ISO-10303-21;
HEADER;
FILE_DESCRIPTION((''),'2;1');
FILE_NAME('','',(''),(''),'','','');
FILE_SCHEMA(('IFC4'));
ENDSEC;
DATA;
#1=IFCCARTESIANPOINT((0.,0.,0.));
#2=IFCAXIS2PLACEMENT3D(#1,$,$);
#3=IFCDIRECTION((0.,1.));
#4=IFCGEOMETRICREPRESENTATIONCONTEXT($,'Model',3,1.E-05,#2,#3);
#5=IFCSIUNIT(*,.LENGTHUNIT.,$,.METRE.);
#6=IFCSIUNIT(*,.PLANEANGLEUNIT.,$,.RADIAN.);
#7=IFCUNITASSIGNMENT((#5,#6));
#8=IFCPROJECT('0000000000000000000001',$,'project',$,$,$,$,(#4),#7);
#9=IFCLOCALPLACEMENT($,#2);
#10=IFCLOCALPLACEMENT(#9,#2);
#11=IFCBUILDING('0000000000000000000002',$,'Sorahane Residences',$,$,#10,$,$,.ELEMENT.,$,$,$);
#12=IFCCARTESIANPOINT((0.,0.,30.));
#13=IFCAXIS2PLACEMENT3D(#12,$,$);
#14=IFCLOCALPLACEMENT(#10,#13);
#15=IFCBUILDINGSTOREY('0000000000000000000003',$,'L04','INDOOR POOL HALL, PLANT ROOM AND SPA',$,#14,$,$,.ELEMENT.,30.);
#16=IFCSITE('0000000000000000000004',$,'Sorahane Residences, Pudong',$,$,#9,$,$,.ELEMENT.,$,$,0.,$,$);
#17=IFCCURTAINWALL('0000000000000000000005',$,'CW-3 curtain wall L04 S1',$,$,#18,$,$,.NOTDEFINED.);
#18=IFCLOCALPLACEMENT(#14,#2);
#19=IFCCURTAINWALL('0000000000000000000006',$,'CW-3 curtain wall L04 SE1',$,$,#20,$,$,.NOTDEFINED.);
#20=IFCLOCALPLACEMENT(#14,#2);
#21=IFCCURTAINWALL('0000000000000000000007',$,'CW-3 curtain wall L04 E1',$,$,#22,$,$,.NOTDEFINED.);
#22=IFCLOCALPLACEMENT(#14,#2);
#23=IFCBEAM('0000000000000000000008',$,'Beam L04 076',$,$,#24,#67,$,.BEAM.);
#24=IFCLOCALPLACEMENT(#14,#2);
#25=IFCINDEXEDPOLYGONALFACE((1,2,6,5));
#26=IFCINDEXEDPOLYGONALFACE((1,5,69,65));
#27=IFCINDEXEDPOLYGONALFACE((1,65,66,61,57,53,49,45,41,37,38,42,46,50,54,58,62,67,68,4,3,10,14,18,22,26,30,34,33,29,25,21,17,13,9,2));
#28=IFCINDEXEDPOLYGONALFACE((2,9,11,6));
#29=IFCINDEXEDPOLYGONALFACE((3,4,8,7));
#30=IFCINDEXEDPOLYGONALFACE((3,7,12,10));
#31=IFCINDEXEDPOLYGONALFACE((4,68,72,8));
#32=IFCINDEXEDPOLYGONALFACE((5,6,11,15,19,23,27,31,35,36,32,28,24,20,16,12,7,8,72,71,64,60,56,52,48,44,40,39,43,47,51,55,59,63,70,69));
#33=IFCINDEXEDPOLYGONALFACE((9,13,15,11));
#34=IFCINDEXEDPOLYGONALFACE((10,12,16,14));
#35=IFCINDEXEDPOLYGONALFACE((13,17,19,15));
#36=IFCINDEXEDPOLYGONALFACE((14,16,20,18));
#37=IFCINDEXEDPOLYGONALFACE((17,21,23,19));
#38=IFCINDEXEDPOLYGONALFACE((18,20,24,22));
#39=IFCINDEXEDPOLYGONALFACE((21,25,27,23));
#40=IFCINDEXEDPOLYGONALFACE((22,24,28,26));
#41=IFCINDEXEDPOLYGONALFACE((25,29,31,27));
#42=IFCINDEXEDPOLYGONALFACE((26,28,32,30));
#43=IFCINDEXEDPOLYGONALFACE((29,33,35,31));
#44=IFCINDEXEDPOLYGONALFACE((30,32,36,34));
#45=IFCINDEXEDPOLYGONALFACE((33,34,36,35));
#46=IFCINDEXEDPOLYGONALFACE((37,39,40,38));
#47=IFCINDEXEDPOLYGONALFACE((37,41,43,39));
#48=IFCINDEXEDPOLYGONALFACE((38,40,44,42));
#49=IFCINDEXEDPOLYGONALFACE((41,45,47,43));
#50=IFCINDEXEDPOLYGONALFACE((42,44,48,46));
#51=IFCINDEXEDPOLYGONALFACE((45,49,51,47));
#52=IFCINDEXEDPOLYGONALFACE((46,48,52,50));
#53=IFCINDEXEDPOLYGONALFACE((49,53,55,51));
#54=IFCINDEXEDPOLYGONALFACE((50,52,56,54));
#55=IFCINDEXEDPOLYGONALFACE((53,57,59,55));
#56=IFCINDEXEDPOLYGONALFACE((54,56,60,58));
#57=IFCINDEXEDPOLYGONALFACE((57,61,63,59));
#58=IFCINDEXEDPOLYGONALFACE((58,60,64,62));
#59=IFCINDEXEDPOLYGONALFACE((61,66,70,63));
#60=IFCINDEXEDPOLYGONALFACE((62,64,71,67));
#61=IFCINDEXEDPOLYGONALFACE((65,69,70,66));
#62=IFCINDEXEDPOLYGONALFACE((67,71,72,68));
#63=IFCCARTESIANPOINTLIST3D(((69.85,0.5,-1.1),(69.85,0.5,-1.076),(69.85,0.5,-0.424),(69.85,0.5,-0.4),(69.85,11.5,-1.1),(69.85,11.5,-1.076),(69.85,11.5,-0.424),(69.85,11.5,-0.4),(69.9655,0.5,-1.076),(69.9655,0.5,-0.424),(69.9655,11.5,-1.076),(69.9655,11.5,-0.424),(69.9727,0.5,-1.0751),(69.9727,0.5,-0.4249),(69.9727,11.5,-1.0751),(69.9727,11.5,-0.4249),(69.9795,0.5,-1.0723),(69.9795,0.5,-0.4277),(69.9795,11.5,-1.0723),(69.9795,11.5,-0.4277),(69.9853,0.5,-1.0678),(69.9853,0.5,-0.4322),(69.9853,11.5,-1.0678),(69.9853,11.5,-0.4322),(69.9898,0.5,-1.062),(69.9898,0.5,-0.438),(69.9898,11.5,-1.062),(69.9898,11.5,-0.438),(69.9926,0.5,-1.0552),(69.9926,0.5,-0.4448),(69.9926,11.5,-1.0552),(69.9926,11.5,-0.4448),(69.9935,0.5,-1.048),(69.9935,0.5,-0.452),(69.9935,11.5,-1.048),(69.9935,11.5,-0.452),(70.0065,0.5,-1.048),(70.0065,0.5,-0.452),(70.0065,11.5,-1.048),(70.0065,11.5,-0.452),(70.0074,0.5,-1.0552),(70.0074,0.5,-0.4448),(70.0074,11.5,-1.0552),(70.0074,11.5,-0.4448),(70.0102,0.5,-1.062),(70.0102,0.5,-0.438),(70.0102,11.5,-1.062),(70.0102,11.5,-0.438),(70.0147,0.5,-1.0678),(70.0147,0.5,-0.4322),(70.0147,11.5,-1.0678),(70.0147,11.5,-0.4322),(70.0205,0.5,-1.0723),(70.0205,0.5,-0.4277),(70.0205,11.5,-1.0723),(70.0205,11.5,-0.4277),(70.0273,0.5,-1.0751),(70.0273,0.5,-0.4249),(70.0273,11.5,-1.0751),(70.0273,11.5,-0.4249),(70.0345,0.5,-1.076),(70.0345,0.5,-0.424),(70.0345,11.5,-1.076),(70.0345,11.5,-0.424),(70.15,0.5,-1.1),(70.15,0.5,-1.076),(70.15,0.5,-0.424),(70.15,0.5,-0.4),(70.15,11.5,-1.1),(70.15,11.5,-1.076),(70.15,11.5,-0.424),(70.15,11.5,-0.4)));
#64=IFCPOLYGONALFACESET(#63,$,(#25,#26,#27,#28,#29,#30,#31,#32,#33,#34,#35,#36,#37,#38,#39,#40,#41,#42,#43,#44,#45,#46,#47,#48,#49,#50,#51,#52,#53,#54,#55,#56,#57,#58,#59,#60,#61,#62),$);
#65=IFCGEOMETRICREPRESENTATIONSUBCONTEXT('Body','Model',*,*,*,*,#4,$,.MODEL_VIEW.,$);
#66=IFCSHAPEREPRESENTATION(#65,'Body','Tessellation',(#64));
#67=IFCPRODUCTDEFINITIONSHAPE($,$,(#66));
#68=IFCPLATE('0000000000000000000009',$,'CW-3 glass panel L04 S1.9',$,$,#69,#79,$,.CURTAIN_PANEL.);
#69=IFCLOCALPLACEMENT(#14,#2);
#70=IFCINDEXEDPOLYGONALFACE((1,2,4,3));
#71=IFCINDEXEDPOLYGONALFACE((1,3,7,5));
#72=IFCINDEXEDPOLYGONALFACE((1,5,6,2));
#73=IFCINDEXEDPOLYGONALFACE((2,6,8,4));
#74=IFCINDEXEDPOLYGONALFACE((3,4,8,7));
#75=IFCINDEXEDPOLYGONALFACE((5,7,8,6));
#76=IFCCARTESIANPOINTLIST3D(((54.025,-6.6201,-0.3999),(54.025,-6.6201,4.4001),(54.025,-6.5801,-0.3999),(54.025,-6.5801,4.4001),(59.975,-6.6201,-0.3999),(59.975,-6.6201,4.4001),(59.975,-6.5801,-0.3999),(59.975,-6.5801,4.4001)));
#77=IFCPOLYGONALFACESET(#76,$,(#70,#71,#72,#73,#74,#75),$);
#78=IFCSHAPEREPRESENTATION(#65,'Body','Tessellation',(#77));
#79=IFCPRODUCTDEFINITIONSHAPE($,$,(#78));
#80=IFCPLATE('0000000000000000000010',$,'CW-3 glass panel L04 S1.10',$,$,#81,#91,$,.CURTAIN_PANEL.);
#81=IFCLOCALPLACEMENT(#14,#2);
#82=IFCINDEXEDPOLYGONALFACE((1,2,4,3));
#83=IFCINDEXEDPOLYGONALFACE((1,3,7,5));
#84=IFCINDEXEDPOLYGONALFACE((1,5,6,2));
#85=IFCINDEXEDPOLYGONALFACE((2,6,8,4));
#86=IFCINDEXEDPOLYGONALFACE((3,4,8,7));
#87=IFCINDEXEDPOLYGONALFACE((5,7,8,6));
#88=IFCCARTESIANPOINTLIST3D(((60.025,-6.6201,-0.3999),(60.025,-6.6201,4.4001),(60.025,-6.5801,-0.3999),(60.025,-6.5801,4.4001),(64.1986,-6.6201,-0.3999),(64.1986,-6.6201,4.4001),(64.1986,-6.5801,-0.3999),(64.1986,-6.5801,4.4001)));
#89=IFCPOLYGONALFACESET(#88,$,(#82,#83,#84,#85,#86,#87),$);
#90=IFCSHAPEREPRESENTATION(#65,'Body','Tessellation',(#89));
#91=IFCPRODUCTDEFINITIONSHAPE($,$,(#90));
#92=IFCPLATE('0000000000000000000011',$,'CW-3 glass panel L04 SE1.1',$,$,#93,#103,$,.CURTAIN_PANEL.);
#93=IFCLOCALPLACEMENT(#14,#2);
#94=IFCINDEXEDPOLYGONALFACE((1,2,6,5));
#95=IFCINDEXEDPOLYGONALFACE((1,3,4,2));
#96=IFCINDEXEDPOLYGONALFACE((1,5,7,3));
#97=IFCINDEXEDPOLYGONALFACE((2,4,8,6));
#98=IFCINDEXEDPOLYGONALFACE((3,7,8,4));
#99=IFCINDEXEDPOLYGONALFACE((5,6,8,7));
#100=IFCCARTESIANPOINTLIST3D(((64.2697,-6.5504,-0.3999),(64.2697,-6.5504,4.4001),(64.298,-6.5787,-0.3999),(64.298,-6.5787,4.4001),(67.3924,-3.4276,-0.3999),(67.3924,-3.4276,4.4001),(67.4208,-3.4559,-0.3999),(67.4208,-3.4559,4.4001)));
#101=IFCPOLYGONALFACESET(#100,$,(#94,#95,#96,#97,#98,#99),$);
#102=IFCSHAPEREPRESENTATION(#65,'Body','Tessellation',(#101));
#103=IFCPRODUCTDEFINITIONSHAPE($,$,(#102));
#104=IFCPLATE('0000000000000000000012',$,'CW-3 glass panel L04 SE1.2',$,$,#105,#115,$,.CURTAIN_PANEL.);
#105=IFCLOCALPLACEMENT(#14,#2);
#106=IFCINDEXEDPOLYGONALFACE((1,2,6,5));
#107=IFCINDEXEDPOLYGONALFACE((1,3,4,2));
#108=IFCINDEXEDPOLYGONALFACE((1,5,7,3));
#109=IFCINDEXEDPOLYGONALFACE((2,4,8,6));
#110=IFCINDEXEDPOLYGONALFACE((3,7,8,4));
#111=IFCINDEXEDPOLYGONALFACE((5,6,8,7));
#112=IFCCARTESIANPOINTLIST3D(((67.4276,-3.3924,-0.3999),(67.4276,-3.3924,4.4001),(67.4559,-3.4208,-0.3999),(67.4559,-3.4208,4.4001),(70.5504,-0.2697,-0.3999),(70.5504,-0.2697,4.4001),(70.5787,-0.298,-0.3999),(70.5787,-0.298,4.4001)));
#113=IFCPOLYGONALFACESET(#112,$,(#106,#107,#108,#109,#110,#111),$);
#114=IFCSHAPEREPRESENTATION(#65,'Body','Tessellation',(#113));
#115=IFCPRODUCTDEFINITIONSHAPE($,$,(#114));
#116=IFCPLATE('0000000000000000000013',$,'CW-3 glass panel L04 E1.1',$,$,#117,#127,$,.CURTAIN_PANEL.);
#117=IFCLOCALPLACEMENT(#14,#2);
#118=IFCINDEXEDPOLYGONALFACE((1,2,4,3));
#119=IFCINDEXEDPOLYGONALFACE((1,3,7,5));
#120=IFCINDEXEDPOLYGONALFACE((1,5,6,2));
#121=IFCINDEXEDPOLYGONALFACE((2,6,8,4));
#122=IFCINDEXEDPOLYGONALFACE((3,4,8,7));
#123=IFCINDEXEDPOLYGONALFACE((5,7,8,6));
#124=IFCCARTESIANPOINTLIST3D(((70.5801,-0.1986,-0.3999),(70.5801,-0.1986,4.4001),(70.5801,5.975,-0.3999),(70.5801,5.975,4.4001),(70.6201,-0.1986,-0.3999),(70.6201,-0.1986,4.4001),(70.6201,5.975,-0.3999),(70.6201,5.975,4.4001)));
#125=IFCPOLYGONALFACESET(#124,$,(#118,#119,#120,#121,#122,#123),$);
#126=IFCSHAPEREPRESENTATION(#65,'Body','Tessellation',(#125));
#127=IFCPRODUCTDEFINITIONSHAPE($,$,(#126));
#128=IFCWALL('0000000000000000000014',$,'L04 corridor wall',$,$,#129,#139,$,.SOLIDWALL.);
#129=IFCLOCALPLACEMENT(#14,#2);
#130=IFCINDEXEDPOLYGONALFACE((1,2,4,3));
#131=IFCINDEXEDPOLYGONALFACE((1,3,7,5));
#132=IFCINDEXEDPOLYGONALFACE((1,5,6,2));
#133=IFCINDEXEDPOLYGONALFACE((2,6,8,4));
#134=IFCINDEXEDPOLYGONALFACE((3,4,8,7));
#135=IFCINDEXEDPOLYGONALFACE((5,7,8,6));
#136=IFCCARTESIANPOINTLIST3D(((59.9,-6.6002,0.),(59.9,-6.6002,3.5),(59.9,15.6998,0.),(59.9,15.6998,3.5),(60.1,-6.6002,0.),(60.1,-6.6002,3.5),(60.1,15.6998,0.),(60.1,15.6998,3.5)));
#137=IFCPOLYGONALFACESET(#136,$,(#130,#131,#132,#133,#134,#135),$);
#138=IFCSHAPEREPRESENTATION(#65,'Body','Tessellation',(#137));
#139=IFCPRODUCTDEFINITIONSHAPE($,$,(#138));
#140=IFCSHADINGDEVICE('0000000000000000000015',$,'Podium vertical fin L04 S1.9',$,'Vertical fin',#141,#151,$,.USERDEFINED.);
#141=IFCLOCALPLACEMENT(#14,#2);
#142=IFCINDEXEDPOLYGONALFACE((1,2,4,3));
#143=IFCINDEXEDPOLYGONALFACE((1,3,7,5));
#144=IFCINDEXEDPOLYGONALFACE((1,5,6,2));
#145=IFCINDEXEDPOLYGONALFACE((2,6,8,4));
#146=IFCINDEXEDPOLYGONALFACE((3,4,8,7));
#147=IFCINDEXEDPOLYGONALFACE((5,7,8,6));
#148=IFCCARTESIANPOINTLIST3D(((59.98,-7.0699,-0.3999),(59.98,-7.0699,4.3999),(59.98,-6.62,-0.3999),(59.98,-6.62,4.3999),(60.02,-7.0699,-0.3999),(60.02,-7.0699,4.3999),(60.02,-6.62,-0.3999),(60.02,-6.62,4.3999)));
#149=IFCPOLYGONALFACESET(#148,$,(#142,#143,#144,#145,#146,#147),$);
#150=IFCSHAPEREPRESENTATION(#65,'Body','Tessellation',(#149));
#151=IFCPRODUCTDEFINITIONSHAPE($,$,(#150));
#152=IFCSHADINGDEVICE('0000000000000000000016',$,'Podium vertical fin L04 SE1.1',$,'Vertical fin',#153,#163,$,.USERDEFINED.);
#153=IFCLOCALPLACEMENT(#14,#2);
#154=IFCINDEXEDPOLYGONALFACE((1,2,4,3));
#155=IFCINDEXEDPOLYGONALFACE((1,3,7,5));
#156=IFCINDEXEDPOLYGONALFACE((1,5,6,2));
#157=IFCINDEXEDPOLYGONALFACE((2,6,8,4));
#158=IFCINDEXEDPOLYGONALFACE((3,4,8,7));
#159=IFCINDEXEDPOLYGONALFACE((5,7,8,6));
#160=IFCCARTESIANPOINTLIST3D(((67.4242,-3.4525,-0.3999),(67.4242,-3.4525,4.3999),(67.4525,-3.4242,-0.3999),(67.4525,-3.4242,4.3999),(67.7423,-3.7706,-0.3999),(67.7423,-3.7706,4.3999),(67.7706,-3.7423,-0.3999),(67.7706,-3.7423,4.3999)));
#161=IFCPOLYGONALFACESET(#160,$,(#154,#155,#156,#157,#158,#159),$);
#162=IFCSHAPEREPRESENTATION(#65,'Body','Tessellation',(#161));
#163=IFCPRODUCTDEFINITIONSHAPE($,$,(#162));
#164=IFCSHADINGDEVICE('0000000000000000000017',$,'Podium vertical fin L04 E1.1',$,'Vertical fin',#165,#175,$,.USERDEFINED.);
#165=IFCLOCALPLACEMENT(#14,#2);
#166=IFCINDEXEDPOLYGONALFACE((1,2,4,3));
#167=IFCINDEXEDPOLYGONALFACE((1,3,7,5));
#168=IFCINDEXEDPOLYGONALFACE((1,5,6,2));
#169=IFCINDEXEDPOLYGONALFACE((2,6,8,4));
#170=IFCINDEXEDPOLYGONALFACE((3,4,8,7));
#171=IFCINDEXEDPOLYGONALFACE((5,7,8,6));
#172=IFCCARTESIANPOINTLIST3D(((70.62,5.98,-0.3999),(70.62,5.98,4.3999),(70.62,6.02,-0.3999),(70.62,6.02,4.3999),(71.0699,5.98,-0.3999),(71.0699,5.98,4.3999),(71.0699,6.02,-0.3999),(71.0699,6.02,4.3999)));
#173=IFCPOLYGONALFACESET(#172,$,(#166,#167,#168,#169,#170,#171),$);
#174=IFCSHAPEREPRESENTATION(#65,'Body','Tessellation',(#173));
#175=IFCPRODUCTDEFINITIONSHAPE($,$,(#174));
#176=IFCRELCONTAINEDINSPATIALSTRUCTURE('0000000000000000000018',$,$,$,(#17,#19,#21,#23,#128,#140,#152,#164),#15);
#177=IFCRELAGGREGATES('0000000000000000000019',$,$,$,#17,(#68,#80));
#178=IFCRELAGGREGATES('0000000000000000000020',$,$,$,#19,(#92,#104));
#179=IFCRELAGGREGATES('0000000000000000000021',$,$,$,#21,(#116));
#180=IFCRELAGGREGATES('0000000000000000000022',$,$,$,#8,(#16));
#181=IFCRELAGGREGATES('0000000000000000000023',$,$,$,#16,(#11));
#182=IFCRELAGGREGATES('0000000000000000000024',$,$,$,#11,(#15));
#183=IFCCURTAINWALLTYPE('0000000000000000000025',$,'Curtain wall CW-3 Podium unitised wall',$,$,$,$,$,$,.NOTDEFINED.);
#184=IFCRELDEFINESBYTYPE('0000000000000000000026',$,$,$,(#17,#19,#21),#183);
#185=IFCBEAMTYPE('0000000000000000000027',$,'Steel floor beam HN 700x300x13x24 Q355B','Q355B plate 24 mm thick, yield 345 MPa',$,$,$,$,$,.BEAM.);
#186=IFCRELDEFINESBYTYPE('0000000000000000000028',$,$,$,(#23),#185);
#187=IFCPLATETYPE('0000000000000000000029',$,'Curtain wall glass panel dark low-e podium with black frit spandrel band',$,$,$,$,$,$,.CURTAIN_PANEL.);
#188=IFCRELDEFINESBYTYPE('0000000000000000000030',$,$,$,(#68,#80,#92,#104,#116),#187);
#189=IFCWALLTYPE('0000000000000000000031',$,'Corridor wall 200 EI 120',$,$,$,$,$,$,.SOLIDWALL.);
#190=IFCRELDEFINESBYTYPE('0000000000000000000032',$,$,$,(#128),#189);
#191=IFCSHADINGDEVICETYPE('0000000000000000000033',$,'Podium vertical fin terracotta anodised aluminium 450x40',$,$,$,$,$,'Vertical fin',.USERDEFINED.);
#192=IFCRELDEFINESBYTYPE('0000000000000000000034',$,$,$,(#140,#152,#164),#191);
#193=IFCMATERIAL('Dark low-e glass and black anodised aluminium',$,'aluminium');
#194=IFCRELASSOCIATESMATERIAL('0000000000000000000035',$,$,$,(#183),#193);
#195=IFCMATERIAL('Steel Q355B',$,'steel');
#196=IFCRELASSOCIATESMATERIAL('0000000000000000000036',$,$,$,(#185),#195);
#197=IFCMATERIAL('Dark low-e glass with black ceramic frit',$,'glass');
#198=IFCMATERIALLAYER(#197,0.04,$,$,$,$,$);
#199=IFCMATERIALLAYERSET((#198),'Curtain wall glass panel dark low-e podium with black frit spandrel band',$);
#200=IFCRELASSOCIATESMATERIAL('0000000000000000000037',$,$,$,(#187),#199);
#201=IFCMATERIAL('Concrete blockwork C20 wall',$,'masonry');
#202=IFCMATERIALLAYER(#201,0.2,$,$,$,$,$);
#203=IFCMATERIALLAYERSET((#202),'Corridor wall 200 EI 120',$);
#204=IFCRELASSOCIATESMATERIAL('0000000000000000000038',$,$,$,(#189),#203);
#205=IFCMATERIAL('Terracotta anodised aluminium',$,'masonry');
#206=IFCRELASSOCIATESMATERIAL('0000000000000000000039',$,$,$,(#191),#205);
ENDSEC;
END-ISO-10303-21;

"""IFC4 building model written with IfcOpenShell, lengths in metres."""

from ifc_helpers import new_model, si_unit, direction, frame, frame_2d, origin, origin_2d, place, context, subcontext, project, spatial, rectangle, i_section, extrude, material, layer, layer_set, material_profile, profile_set, type_object, element, aggregate, save


model = new_model("IFC4")

# Units and contexts
model_context = context("Model", 3, precision=1e-05, world=origin(), true_north=direction((0.0, 1.0)))
body_context = subcontext(model_context, "Body", "Model", "MODEL_VIEW")
ifc_project = project(units=[si_unit("LENGTHUNIT", "METRE"), si_unit("PLANEANGLEUNIT", "RADIAN")], contexts=[model_context])

# Site, building, storey
site_placement = place(None, origin())
site = spatial("IfcSite", under=ifc_project, at=site_placement, Name="Sorahane Residences, Pudong", CompositionType="ELEMENT", RefElevation=0.0)
building_placement = place(site_placement, origin())
building = spatial("IfcBuilding", under=site, at=building_placement, Name="Sorahane Residences", CompositionType="ELEMENT")
storey_placement = place(building_placement, frame((0.0, 0.0, 30.0)))
storey = spatial("IfcBuildingStorey", under=building, at=storey_placement, Name="L04", Description="INDOOR POOL HALL, PLANT ROOM AND SPA", CompositionType="ELEMENT", Elevation=30.0)

# Curtain walls
ifc_material_1 = material(Name="Dark low-e glass and black anodised aluminium", Category="aluminium")
curtain_wall_type = type_object("IfcCurtainWallType", Name="Curtain wall CW-3 Podium unitised wall", PredefinedType="NOTDEFINED", material=ifc_material_1)
curtain_wall_1_placement = place(storey_placement, origin())
curtain_wall_1 = element("IfcCurtainWall", 1, at=curtain_wall_1_placement, inside=storey, type_object=curtain_wall_type, Name="CW-3 curtain wall L04 S1", PredefinedType="NOTDEFINED")
curtain_wall_2_placement = place(storey_placement, origin())
curtain_wall_2 = element("IfcCurtainWall", 2, at=curtain_wall_2_placement, inside=storey, type_object=curtain_wall_type, Name="CW-3 curtain wall L04 SE1", PredefinedType="NOTDEFINED")

# Curtain wall
curtain_wall_3_placement = place(storey_placement, origin())
curtain_wall_3 = element("IfcCurtainWall", 3, at=curtain_wall_3_placement, inside=storey, type_object=curtain_wall_type, Name="CW-3 curtain wall L04 E1", PredefinedType="NOTDEFINED")

# Beam
ifc_material_2 = material(Name="Steel Q355B", Category="steel")
ifc_material_profile_1 = material_profile(ifc_material_2, i_section(OverallWidth=0.3, OverallDepth=0.7, WebThickness=0.0129, FlangeThickness=0.0239, FilletRadius=0.0281, at=origin_2d()), Name="HN 700x300x13x24")
ifc_profile_set_1 = profile_set([ifc_material_profile_1], Name="Steel Q355B")
beam_type_1 = type_object("IfcBeamType", Name="Steel floor beam HN 700x300x13x24 Q355B", Description="Q355B plate 24 mm thick, yield 345 MPa", PredefinedType="BEAM", material=ifc_profile_set_1)
beam_1_placement = place(storey_placement, frame((70.0, 0.5, -0.75), z_axis=(0.0, 1.0, 0.0), x_axis=(-1.0, 0.0, 0.0)))
element("IfcBeam", 4, at=beam_1_placement, inside=storey, type_object=beam_type_1, Name="Beam L04 076", PredefinedType="BEAM", context=body_context, shape_type="SweptSolid", body=[
    extrude(i_section(OverallWidth=0.3, OverallDepth=0.7, WebThickness=0.0129, FlangeThickness=0.0239, FilletRadius=0.0281, at=origin_2d()), origin(), (0.0, 0.0, 1.0), 11.0),
])

# Plates
ifc_material_3 = material(Name="Dark low-e glass with black ceramic frit", Category="glass")
ifc_layer_1 = layer(ifc_material_3, 0.04)
ifc_layer_set_1 = layer_set([ifc_layer_1], Name="Curtain wall glass panel dark low-e podium with black frit spandrel band")
plate_type = type_object("IfcPlateType", Name="Curtain wall glass panel dark low-e podium with black frit spandrel band", PredefinedType="CURTAIN_PANEL", material=ifc_layer_set_1)
plate_1_placement = place(storey_placement, frame((57.0, -6.6001, -0.3999), z_axis=(0.0, 0.0, 1.0), x_axis=(1.0, 0.0, 0.0)))
plate_1 = element("IfcPlate", 5, at=plate_1_placement, type_object=plate_type, Name="CW-3 glass panel L04 S1.9", PredefinedType="CURTAIN_PANEL", context=body_context, shape_type="SweptSolid", body=[
    extrude(rectangle(XDim=5.95, YDim=0.04, at=origin_2d()), origin(), (0.0, 0.0, 1.0), 4.8),
])
plate_2_placement = place(storey_placement, frame((62.1118, -6.6001, -0.3999), z_axis=(0.0, 0.0, 1.0), x_axis=(1.0, 0.0, 0.0)))
plate_2 = element("IfcPlate", 6, at=plate_2_placement, type_object=plate_type, Name="CW-3 glass panel L04 S1.10", PredefinedType="CURTAIN_PANEL", context=body_context, shape_type="SweptSolid", body=[
    extrude(rectangle(XDim=4.1736, YDim=0.04, at=origin_2d()), origin(), (0.0, 0.0, 1.0), 4.8),
])
aggregate(curtain_wall_1, [plate_1, plate_2])
plate_3_placement = place(storey_placement, frame((65.8452, -5.0032, -0.3999), z_axis=(0.0, 0.0, 1.0), x_axis=(0.707107, 0.707107, 0.0)))
plate_3 = element("IfcPlate", 7, at=plate_3_placement, type_object=plate_type, Name="CW-3 glass panel L04 SE1.1", PredefinedType="CURTAIN_PANEL", context=body_context, shape_type="SweptSolid", body=[
    extrude(rectangle(XDim=4.4163, YDim=0.04, at=origin_2d()), origin(), (0.0, 0.0, 1.0), 4.8),
])
plate_4_placement = place(storey_placement, frame((69.0032, -1.8452, -0.3999), z_axis=(0.0, 0.0, 1.0), x_axis=(0.707107, 0.707107, 0.0)))
plate_4 = element("IfcPlate", 8, at=plate_4_placement, type_object=plate_type, Name="CW-3 glass panel L04 SE1.2", PredefinedType="CURTAIN_PANEL", context=body_context, shape_type="SweptSolid", body=[
    extrude(rectangle(XDim=4.4163, YDim=0.04, at=origin_2d()), origin(), (0.0, 0.0, 1.0), 4.8),
])
aggregate(curtain_wall_2, [plate_3, plate_4])
plate_5_placement = place(storey_placement, frame((70.6001, 2.8882, -0.3999), z_axis=(0.0, 0.0, 1.0), x_axis=(0.0, 1.0, 0.0)))
plate_5 = element("IfcPlate", 9, at=plate_5_placement, type_object=plate_type, Name="CW-3 glass panel L04 E1.1", PredefinedType="CURTAIN_PANEL", context=body_context, shape_type="SweptSolid", body=[
    extrude(rectangle(XDim=6.1736, YDim=0.04, at=origin_2d()), origin(), (0.0, 0.0, 1.0), 4.8),
])
aggregate(curtain_wall_3, [plate_5])

# Wall
ifc_material_4 = material(Name="Concrete blockwork C20 wall", Category="masonry")
ifc_layer_2 = layer(ifc_material_4, 0.2)
ifc_layer_set_2 = layer_set([ifc_layer_2], Name="Corridor wall 200 EI 120")
wall_type = type_object("IfcWallType", Name="Corridor wall 200 EI 120", PredefinedType="SOLIDWALL", material=ifc_layer_set_2)
wall_placement = place(storey_placement, frame((60.0, -6.6001, 0.0), z_axis=(0.0, 0.0, 1.0), x_axis=(0.0, 1.0, 0.0)))
element("IfcWall", 10, at=wall_placement, inside=storey, type_object=wall_type, Name="L04 corridor wall", PredefinedType="SOLIDWALL", context=body_context, shape_type="SweptSolid", body=[
    extrude(rectangle(XDim=22.3, YDim=0.2, at=frame_2d((11.1499, 0.0))), origin(), (0.0, 0.0, 1.0), 3.5),
])

# Shading devices
ifc_material_5 = material(Name="Terracotta anodised aluminium", Category="masonry")
ifc_material_profile_2 = material_profile(ifc_material_5, rectangle(XDim=0.45, YDim=0.04, at=origin_2d()), Name="Podium vertical fin terracotta anodised aluminium 450x40")
ifc_profile_set_2 = profile_set([ifc_material_profile_2], Name="Terracotta anodised aluminium")
shading_device_type = type_object("IfcShadingDeviceType", Name="Podium vertical fin terracotta anodised aluminium 450x40", ElementType="Vertical fin", PredefinedType="USERDEFINED", material=ifc_profile_set_2)
for number, where, z_axis, x_axis, name in (
    (11, (60.0, -6.845, -0.3999), (0.0, 0.0, 1.0), (0.0, -1.0, 0.0), "Podium vertical fin L04 S1.9"),
    (12, (67.5974, -3.5974, -0.3999), (0.0, 0.0, 1.0), (0.707107, -0.707107, 0.0), "Podium vertical fin L04 SE1.1"),
    (13, (70.845, 6.0, -0.3999), (0.0, 0.0, 1.0), (1.0, 0.0, 0.0), "Podium vertical fin L04 E1.1"),
):
    element("IfcShadingDevice", number, at=place(storey_placement, frame(where, z_axis=z_axis, x_axis=x_axis)), inside=storey, type_object=shading_device_type, Name=name, ObjectType="Vertical fin", PredefinedType="USERDEFINED", context=body_context, shape_type="SweptSolid", body=[
        extrude(rectangle(XDim=0.45, YDim=0.04, at=origin_2d()), origin(), (0.0, 0.0, 1.0), 4.7998),
    ])

save(model, "model.ifc")
